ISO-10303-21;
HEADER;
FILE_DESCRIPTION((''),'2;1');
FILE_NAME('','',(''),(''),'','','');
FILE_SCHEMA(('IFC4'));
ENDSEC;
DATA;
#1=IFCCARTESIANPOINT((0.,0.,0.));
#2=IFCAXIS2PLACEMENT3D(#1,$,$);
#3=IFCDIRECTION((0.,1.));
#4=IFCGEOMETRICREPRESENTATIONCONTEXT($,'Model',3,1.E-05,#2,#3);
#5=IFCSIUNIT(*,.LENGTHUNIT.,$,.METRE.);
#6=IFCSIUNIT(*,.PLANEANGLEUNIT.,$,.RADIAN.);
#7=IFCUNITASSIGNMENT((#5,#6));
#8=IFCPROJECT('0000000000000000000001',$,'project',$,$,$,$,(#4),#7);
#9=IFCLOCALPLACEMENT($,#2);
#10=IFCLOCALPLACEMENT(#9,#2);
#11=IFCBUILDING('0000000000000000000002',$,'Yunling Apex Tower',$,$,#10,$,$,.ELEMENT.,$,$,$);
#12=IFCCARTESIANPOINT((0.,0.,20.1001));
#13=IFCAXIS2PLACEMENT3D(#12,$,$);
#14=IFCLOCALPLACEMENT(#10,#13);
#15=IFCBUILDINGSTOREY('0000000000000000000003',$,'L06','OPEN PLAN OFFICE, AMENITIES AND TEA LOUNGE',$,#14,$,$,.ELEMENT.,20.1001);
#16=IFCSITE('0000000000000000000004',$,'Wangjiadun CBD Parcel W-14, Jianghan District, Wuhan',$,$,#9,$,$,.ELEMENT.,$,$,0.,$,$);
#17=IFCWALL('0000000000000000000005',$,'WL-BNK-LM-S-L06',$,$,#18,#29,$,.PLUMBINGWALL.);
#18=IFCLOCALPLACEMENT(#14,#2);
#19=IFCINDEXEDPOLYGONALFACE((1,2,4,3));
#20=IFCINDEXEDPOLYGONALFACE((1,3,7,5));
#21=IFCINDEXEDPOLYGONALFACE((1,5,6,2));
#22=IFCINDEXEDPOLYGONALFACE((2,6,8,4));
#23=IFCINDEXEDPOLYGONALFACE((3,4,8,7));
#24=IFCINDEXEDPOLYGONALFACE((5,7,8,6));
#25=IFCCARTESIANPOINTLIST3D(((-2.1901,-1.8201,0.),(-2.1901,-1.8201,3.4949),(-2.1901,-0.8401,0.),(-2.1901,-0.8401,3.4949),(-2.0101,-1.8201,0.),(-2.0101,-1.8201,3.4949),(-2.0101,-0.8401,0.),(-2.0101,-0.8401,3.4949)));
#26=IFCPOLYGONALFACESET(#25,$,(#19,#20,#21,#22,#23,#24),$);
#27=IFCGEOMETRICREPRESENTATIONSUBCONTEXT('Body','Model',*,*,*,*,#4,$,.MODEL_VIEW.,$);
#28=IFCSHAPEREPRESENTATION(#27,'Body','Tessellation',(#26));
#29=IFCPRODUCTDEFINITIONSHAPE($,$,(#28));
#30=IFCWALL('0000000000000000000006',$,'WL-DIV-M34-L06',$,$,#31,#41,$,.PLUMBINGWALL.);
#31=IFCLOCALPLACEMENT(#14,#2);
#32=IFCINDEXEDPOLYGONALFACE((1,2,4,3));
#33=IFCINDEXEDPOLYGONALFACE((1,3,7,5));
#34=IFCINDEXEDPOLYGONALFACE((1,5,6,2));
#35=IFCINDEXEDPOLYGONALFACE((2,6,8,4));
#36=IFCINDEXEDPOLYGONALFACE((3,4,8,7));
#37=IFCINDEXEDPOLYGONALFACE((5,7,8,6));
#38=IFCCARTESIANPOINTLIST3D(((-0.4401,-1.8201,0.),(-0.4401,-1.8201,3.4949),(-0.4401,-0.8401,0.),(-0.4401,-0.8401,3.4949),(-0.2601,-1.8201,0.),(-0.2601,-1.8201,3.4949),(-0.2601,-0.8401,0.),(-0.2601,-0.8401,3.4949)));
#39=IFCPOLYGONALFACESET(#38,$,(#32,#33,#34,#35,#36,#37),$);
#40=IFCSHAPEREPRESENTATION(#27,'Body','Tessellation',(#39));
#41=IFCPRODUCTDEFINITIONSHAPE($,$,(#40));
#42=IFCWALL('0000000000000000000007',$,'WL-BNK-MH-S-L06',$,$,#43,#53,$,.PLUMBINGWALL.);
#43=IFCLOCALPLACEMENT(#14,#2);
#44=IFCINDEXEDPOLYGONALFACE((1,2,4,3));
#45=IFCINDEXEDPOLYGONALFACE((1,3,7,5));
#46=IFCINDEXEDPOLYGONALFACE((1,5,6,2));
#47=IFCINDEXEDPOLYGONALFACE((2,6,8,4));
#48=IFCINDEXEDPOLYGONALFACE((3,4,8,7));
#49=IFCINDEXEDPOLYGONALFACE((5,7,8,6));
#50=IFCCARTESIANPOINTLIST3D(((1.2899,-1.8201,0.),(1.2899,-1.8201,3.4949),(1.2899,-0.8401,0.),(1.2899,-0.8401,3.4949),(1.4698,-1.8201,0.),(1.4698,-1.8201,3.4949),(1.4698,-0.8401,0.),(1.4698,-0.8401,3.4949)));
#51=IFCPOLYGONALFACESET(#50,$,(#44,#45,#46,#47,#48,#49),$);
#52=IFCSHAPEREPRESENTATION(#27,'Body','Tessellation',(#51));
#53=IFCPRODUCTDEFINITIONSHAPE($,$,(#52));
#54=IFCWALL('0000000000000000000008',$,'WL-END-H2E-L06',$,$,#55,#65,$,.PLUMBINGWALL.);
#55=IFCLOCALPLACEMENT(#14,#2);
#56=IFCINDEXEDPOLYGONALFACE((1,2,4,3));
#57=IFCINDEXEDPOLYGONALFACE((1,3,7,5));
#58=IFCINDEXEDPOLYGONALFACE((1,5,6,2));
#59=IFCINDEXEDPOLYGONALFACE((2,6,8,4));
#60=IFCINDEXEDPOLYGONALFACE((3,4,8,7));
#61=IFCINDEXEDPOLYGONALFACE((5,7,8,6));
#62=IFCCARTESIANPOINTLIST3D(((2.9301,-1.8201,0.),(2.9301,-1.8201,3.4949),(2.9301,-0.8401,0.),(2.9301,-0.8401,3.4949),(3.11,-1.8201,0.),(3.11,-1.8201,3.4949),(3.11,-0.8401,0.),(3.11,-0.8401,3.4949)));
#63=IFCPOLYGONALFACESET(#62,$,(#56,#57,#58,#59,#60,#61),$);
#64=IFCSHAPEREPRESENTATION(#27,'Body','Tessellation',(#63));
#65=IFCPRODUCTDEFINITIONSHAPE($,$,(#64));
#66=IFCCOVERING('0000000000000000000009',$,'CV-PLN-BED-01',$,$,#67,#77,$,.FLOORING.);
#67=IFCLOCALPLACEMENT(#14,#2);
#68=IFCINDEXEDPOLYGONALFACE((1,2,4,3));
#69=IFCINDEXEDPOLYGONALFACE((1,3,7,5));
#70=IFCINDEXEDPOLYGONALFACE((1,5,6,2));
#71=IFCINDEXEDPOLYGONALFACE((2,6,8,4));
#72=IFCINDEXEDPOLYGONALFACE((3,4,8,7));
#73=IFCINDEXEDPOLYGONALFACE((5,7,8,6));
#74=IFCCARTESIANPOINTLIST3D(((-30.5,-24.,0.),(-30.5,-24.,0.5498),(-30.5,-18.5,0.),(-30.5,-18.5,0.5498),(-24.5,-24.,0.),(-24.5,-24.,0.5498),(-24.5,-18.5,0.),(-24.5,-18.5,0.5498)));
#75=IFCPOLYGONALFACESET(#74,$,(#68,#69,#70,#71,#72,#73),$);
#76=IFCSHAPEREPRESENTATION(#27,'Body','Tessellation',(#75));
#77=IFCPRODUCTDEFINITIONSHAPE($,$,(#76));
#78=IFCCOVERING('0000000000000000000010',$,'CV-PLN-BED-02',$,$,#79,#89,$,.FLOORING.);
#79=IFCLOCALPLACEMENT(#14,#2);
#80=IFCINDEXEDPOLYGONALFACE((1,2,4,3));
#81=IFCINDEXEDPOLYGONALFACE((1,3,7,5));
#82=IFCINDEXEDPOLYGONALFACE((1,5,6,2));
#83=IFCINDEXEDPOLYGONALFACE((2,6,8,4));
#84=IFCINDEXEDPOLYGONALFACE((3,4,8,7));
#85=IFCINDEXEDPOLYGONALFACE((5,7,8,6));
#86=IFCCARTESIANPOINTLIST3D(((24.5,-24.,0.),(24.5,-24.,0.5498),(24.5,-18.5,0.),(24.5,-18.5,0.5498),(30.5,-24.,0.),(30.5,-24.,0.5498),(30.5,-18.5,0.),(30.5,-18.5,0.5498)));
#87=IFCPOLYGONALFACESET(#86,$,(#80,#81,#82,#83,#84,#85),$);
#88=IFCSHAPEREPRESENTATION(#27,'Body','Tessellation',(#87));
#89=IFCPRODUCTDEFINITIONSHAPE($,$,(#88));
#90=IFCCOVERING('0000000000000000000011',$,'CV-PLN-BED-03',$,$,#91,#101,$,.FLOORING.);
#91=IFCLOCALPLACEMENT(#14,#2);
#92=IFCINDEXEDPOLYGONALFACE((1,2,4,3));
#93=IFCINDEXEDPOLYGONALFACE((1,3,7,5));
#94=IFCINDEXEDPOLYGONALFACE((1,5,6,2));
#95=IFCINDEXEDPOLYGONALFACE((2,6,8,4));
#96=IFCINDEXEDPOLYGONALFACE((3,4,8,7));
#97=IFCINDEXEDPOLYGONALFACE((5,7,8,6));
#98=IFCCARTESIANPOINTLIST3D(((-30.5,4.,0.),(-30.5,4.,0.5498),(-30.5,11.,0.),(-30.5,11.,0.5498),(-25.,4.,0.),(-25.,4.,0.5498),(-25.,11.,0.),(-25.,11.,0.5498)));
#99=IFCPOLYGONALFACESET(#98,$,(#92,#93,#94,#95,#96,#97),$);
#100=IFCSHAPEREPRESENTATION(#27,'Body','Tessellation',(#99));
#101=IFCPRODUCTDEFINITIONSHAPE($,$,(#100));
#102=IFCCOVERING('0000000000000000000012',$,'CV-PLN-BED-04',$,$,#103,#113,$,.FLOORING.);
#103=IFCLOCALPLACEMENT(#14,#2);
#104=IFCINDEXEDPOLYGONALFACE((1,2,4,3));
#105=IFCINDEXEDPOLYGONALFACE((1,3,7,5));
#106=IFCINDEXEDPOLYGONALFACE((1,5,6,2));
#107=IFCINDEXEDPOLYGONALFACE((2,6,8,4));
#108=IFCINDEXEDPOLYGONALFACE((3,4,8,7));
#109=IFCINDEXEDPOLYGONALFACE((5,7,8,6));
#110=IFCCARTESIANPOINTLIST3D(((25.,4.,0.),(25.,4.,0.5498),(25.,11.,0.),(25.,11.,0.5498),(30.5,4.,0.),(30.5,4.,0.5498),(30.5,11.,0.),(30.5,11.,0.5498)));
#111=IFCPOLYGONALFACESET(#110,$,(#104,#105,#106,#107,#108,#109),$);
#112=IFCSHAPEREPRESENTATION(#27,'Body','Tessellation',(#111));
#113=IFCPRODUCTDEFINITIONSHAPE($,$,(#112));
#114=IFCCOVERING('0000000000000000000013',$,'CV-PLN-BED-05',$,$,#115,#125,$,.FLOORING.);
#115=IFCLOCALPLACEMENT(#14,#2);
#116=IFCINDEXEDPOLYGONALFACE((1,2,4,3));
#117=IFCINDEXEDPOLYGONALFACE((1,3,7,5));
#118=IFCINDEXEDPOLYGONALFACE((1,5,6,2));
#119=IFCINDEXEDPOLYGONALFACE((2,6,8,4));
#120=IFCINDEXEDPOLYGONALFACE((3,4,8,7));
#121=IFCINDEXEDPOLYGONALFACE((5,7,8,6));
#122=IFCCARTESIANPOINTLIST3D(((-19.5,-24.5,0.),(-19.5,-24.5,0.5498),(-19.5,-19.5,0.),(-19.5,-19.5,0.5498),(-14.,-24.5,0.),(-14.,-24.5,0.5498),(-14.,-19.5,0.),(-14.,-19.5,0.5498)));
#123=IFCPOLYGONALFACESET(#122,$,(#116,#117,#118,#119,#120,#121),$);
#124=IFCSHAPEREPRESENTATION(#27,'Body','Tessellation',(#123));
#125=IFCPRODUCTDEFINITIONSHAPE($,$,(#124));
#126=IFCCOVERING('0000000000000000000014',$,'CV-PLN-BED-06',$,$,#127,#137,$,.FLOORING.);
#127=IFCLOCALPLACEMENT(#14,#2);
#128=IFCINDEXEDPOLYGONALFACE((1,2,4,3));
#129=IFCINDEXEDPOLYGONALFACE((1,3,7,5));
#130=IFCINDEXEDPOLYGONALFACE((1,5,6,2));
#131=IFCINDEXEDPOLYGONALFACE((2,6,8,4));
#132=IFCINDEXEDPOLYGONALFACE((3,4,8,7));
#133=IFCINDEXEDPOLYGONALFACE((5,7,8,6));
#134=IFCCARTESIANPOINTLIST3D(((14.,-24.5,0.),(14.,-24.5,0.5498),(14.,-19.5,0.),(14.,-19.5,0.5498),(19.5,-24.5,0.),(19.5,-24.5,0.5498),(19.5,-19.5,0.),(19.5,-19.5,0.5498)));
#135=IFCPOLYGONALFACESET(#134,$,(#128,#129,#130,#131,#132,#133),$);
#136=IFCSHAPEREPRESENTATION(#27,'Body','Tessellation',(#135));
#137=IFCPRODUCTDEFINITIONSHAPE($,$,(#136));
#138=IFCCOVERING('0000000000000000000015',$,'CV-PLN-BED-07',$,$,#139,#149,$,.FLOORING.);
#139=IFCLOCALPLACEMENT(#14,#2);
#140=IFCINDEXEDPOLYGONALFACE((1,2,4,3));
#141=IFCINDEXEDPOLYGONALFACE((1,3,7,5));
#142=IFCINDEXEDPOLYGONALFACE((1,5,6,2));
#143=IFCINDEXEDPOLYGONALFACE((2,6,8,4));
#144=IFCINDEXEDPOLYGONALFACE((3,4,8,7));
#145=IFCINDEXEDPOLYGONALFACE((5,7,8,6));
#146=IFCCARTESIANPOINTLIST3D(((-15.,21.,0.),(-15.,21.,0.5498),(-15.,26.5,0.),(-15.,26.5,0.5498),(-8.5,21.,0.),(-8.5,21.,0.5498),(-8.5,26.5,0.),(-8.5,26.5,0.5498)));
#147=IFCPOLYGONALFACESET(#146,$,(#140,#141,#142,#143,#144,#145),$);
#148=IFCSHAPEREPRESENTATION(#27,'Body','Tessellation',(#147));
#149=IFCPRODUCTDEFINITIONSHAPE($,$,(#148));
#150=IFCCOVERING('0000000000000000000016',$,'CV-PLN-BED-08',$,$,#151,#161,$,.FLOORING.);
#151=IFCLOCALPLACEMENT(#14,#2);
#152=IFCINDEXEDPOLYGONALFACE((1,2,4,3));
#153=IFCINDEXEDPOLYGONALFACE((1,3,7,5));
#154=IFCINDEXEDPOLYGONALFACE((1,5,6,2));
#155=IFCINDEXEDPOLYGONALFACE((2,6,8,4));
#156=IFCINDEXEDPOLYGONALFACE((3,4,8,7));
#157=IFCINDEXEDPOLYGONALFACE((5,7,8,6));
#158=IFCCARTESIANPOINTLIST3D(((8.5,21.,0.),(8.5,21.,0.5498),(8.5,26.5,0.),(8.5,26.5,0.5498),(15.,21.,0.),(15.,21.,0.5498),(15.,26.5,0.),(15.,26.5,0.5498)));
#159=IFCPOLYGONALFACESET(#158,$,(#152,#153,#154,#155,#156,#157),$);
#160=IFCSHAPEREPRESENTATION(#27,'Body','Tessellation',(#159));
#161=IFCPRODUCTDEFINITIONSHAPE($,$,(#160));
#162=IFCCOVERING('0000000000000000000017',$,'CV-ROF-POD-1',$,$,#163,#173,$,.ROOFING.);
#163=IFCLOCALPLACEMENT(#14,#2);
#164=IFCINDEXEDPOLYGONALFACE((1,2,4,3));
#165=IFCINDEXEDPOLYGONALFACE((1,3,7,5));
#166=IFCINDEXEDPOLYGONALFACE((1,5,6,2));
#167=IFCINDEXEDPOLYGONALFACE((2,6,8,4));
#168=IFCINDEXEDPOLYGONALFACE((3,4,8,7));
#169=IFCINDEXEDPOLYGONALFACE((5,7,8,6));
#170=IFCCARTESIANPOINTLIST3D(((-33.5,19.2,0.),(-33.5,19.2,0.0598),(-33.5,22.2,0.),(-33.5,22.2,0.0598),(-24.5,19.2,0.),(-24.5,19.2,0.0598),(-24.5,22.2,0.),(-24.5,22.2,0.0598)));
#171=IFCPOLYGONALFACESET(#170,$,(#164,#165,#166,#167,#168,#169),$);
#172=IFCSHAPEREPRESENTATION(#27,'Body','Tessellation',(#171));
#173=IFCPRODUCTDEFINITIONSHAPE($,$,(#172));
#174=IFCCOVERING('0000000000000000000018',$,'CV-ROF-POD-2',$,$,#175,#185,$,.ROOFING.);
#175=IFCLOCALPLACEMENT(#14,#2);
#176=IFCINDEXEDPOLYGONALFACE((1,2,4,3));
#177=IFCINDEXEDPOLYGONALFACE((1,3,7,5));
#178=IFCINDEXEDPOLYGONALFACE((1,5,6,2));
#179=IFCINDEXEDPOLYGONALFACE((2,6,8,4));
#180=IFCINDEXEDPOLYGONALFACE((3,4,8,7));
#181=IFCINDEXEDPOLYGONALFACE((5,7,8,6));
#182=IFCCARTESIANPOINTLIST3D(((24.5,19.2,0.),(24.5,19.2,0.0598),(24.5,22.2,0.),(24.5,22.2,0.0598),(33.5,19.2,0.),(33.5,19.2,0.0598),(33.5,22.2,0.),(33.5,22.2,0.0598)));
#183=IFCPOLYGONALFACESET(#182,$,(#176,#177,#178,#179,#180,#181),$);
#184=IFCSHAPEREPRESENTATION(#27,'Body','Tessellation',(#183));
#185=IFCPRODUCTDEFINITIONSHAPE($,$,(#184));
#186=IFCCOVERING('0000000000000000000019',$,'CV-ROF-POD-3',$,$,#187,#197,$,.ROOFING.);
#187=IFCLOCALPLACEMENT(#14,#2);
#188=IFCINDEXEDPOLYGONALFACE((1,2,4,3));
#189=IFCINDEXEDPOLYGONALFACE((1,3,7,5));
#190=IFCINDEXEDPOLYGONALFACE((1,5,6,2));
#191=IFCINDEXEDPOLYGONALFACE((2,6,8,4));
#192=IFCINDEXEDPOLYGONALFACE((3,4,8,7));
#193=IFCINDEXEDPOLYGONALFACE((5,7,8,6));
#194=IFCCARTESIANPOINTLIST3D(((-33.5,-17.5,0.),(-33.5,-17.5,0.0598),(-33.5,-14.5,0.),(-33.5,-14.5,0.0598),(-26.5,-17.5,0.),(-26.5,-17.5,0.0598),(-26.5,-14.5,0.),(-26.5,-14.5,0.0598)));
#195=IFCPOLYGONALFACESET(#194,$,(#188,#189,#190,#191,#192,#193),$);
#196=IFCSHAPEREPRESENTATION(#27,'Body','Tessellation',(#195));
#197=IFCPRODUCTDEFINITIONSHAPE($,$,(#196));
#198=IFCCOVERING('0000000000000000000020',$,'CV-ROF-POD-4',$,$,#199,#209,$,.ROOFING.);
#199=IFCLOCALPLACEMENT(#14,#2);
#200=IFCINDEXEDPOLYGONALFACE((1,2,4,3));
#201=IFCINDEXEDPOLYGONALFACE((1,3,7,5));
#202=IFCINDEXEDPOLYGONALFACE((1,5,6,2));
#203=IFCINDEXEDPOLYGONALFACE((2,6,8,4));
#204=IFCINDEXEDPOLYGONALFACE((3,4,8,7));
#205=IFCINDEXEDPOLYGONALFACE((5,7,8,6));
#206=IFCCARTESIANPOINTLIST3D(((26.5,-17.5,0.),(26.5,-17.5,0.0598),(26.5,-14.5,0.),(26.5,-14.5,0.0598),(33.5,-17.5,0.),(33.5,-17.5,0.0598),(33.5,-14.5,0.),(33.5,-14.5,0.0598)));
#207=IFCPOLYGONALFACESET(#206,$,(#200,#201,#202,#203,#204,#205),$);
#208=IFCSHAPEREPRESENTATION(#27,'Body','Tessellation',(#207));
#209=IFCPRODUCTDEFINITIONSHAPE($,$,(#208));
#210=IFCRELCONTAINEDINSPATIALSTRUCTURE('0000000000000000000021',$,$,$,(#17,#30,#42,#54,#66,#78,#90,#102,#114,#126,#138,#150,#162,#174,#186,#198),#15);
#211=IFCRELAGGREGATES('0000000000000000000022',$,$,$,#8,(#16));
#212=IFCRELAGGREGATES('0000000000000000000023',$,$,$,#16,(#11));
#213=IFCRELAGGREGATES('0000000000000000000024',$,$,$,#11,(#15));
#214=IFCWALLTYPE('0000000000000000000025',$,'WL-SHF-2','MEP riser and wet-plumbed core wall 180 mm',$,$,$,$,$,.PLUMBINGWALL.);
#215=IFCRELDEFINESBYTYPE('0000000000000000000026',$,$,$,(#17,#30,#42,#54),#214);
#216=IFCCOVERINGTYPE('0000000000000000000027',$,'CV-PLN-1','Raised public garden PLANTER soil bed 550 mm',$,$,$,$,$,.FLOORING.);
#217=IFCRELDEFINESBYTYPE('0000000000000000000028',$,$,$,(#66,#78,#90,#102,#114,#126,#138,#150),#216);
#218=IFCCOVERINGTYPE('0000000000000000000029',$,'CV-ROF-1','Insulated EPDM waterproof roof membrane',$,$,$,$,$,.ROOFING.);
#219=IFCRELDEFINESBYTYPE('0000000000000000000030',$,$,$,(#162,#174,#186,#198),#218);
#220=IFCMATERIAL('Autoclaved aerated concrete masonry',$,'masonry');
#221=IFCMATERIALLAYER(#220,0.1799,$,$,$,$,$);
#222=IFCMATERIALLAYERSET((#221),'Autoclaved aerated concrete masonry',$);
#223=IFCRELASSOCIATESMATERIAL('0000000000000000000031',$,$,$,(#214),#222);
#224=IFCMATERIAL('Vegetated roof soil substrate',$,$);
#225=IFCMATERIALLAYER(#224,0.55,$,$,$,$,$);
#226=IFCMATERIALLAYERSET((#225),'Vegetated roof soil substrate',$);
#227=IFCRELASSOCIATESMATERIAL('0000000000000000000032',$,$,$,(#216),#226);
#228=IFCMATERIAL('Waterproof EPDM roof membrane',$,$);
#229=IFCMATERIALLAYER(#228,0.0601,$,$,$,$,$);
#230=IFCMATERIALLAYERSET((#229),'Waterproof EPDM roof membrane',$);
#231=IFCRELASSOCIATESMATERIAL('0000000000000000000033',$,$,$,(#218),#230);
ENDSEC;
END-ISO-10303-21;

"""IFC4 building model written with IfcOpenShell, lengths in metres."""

from ifc_helpers import new_model, si_unit, direction, frame, frame_2d, origin, place, context, subcontext, project, spatial, polyline, rectangle, outline, extrude, material, layer, layer_set, type_object, element, save


model = new_model("IFC4")

# Units and contexts
model_context = context("Model", 3, precision=1e-05, world=origin(), true_north=direction((0.0, 1.0)))
body_context = subcontext(model_context, "Body", "Model", "MODEL_VIEW")
ifc_project = project(units=[si_unit("LENGTHUNIT", "METRE"), si_unit("PLANEANGLEUNIT", "RADIAN")], contexts=[model_context])

# Site, building, storey
site_placement = place(None, origin())
site = spatial("IfcSite", under=ifc_project, at=site_placement, Name="Wangjiadun CBD Parcel W-14, Jianghan District, Wuhan", CompositionType="ELEMENT", RefElevation=0.0)
building_placement = place(site_placement, origin())
building = spatial("IfcBuilding", under=site, at=building_placement, Name="Yunling Apex Tower", CompositionType="ELEMENT")
storey_placement = place(building_placement, frame((0.0, 0.0, 20.1001)))
storey = spatial("IfcBuildingStorey", under=building, at=storey_placement, Name="L06", Description="OPEN PLAN OFFICE, AMENITIES AND TEA LOUNGE", CompositionType="ELEMENT", Elevation=20.1001)

# Walls
ifc_material_1 = material(Name="Autoclaved aerated concrete masonry", Category="masonry")
ifc_layer_1 = layer(ifc_material_1, 0.1799)
ifc_layer_set_1 = layer_set([ifc_layer_1], Name="Autoclaved aerated concrete masonry")
wall_type = type_object("IfcWallType", Name="WL-SHF-2", Description="MEP riser and wet-plumbed core wall 180 mm", PredefinedType="PLUMBINGWALL", material=ifc_layer_set_1)
for number, where, z_axis, x_axis, name in (
    (1, (-2.1001, -1.8201, 0.0), (0.0, 0.0, 1.0), (0.0, 1.0, 0.0), "WL-BNK-LM-S-L06"),
    (2, (-0.3501, -1.8201, 0.0), (0.0, 0.0, 1.0), (0.0, 1.0, 0.0), "WL-DIV-M34-L06"),
    (3, (1.3799, -1.8201, 0.0), (0.0, 0.0, 1.0), (0.0, 1.0, 0.0), "WL-BNK-MH-S-L06"),
    (4, (3.02, -1.8201, 0.0), (0.0, 0.0, 1.0), (0.0, 1.0, 0.0), "WL-END-H2E-L06"),
):
    element("IfcWall", number, at=place(storey_placement, frame(where, z_axis=z_axis, x_axis=x_axis)), inside=storey, type_object=wall_type, Name=name, PredefinedType="PLUMBINGWALL", context=body_context, shape_type="SweptSolid", body=[
        extrude(rectangle(XDim=0.98, YDim=0.1799, at=frame_2d((0.49, 0.0))), origin(), (0.0, 0.0, 1.0), 3.4949),
    ])

# Coverings
ifc_material_2 = material(Name="Vegetated roof soil substrate")
ifc_layer_2 = layer(ifc_material_2, 0.55)
ifc_layer_set_2 = layer_set([ifc_layer_2], Name="Vegetated roof soil substrate")
covering_type_1 = type_object("IfcCoveringType", Name="CV-PLN-1", Description="Raised public garden PLANTER soil bed 550 mm", PredefinedType="FLOORING", material=ifc_layer_set_2)
covering_1_placement = place(storey_placement, origin())
element("IfcCovering", 5, at=covering_1_placement, inside=storey, type_object=covering_type_1, Name="CV-PLN-BED-01", PredefinedType="FLOORING", context=body_context, shape_type="SweptSolid", body=[
    extrude(outline(polyline([(-30.5, -24.0), (-24.5, -24.0), (-24.5, -18.5), (-30.5, -18.5), (-30.5, -24.0)])), origin(), (0.0, 0.0, 1.0), 0.5498),
])
covering_2_placement = place(storey_placement, origin())
element("IfcCovering", 6, at=covering_2_placement, inside=storey, type_object=covering_type_1, Name="CV-PLN-BED-02", PredefinedType="FLOORING", context=body_context, shape_type="SweptSolid", body=[
    extrude(outline(polyline([(24.5, -24.0), (30.5, -24.0), (30.5, -18.5), (24.5, -18.5), (24.5, -24.0)])), origin(), (0.0, 0.0, 1.0), 0.5498),
])
covering_3_placement = place(storey_placement, origin())
element("IfcCovering", 7, at=covering_3_placement, inside=storey, type_object=covering_type_1, Name="CV-PLN-BED-03", PredefinedType="FLOORING", context=body_context, shape_type="SweptSolid", body=[
    extrude(outline(polyline([(-30.5, 4.0), (-25.0, 4.0), (-25.0, 11.0), (-30.5, 11.0), (-30.5, 4.0)])), origin(), (0.0, 0.0, 1.0), 0.5498),
])
covering_4_placement = place(storey_placement, origin())
element("IfcCovering", 8, at=covering_4_placement, inside=storey, type_object=covering_type_1, Name="CV-PLN-BED-04", PredefinedType="FLOORING", context=body_context, shape_type="SweptSolid", body=[
    extrude(outline(polyline([(25.0, 4.0), (30.5, 4.0), (30.5, 11.0), (25.0, 11.0), (25.0, 4.0)])), origin(), (0.0, 0.0, 1.0), 0.5498),
])
covering_5_placement = place(storey_placement, origin())
element("IfcCovering", 9, at=covering_5_placement, inside=storey, type_object=covering_type_1, Name="CV-PLN-BED-05", PredefinedType="FLOORING", context=body_context, shape_type="SweptSolid", body=[
    extrude(outline(polyline([(-19.5, -24.5), (-14.0, -24.5), (-14.0, -19.5), (-19.5, -19.5), (-19.5, -24.5)])), origin(), (0.0, 0.0, 1.0), 0.5498),
])
covering_6_placement = place(storey_placement, origin())
element("IfcCovering", 10, at=covering_6_placement, inside=storey, type_object=covering_type_1, Name="CV-PLN-BED-06", PredefinedType="FLOORING", context=body_context, shape_type="SweptSolid", body=[
    extrude(outline(polyline([(14.0, -24.5), (19.5, -24.5), (19.5, -19.5), (14.0, -19.5), (14.0, -24.5)])), origin(), (0.0, 0.0, 1.0), 0.5498),
])
covering_7_placement = place(storey_placement, origin())
element("IfcCovering", 11, at=covering_7_placement, inside=storey, type_object=covering_type_1, Name="CV-PLN-BED-07", PredefinedType="FLOORING", context=body_context, shape_type="SweptSolid", body=[
    extrude(outline(polyline([(-15.0, 21.0), (-8.5, 21.0), (-8.5, 26.5), (-15.0, 26.5), (-15.0, 21.0)])), origin(), (0.0, 0.0, 1.0), 0.5498),
])
covering_8_placement = place(storey_placement, origin())
element("IfcCovering", 12, at=covering_8_placement, inside=storey, type_object=covering_type_1, Name="CV-PLN-BED-08", PredefinedType="FLOORING", context=body_context, shape_type="SweptSolid", body=[
    extrude(outline(polyline([(8.5, 21.0), (15.0, 21.0), (15.0, 26.5), (8.5, 26.5), (8.5, 21.0)])), origin(), (0.0, 0.0, 1.0), 0.5498),
])
ifc_material_3 = material(Name="Waterproof EPDM roof membrane")
ifc_layer_3 = layer(ifc_material_3, 0.0601)
ifc_layer_set_3 = layer_set([ifc_layer_3], Name="Waterproof EPDM roof membrane")
covering_type_2 = type_object("IfcCoveringType", Name="CV-ROF-1", Description="Insulated EPDM waterproof roof membrane", PredefinedType="ROOFING", material=ifc_layer_set_3)
covering_9_placement = place(storey_placement, origin())
element("IfcCovering", 13, at=covering_9_placement, inside=storey, type_object=covering_type_2, Name="CV-ROF-POD-1", PredefinedType="ROOFING", context=body_context, shape_type="SweptSolid", body=[
    extrude(outline(polyline([(-33.5, 19.2), (-24.5, 19.2), (-24.5, 22.2), (-33.5, 22.2), (-33.5, 19.2)])), origin(), (0.0, 0.0, 1.0), 0.0598),
])
covering_10_placement = place(storey_placement, origin())
element("IfcCovering", 14, at=covering_10_placement, inside=storey, type_object=covering_type_2, Name="CV-ROF-POD-2", PredefinedType="ROOFING", context=body_context, shape_type="SweptSolid", body=[
    extrude(outline(polyline([(24.5, 19.2), (33.5, 19.2), (33.5, 22.2), (24.5, 22.2), (24.5, 19.2)])), origin(), (0.0, 0.0, 1.0), 0.0598),
])
covering_11_placement = place(storey_placement, origin())
element("IfcCovering", 15, at=covering_11_placement, inside=storey, type_object=covering_type_2, Name="CV-ROF-POD-3", PredefinedType="ROOFING", context=body_context, shape_type="SweptSolid", body=[
    extrude(outline(polyline([(-33.5, -17.5), (-26.5, -17.5), (-26.5, -14.5), (-33.5, -14.5), (-33.5, -17.5)])), origin(), (0.0, 0.0, 1.0), 0.0598),
])
covering_12_placement = place(storey_placement, origin())
element("IfcCovering", 16, at=covering_12_placement, inside=storey, type_object=covering_type_2, Name="CV-ROF-POD-4", PredefinedType="ROOFING", context=body_context, shape_type="SweptSolid", body=[
    extrude(outline(polyline([(26.5, -17.5), (33.5, -17.5), (33.5, -14.5), (26.5, -14.5), (26.5, -17.5)])), origin(), (0.0, 0.0, 1.0), 0.0598),
])

save(model, "model.ifc")
